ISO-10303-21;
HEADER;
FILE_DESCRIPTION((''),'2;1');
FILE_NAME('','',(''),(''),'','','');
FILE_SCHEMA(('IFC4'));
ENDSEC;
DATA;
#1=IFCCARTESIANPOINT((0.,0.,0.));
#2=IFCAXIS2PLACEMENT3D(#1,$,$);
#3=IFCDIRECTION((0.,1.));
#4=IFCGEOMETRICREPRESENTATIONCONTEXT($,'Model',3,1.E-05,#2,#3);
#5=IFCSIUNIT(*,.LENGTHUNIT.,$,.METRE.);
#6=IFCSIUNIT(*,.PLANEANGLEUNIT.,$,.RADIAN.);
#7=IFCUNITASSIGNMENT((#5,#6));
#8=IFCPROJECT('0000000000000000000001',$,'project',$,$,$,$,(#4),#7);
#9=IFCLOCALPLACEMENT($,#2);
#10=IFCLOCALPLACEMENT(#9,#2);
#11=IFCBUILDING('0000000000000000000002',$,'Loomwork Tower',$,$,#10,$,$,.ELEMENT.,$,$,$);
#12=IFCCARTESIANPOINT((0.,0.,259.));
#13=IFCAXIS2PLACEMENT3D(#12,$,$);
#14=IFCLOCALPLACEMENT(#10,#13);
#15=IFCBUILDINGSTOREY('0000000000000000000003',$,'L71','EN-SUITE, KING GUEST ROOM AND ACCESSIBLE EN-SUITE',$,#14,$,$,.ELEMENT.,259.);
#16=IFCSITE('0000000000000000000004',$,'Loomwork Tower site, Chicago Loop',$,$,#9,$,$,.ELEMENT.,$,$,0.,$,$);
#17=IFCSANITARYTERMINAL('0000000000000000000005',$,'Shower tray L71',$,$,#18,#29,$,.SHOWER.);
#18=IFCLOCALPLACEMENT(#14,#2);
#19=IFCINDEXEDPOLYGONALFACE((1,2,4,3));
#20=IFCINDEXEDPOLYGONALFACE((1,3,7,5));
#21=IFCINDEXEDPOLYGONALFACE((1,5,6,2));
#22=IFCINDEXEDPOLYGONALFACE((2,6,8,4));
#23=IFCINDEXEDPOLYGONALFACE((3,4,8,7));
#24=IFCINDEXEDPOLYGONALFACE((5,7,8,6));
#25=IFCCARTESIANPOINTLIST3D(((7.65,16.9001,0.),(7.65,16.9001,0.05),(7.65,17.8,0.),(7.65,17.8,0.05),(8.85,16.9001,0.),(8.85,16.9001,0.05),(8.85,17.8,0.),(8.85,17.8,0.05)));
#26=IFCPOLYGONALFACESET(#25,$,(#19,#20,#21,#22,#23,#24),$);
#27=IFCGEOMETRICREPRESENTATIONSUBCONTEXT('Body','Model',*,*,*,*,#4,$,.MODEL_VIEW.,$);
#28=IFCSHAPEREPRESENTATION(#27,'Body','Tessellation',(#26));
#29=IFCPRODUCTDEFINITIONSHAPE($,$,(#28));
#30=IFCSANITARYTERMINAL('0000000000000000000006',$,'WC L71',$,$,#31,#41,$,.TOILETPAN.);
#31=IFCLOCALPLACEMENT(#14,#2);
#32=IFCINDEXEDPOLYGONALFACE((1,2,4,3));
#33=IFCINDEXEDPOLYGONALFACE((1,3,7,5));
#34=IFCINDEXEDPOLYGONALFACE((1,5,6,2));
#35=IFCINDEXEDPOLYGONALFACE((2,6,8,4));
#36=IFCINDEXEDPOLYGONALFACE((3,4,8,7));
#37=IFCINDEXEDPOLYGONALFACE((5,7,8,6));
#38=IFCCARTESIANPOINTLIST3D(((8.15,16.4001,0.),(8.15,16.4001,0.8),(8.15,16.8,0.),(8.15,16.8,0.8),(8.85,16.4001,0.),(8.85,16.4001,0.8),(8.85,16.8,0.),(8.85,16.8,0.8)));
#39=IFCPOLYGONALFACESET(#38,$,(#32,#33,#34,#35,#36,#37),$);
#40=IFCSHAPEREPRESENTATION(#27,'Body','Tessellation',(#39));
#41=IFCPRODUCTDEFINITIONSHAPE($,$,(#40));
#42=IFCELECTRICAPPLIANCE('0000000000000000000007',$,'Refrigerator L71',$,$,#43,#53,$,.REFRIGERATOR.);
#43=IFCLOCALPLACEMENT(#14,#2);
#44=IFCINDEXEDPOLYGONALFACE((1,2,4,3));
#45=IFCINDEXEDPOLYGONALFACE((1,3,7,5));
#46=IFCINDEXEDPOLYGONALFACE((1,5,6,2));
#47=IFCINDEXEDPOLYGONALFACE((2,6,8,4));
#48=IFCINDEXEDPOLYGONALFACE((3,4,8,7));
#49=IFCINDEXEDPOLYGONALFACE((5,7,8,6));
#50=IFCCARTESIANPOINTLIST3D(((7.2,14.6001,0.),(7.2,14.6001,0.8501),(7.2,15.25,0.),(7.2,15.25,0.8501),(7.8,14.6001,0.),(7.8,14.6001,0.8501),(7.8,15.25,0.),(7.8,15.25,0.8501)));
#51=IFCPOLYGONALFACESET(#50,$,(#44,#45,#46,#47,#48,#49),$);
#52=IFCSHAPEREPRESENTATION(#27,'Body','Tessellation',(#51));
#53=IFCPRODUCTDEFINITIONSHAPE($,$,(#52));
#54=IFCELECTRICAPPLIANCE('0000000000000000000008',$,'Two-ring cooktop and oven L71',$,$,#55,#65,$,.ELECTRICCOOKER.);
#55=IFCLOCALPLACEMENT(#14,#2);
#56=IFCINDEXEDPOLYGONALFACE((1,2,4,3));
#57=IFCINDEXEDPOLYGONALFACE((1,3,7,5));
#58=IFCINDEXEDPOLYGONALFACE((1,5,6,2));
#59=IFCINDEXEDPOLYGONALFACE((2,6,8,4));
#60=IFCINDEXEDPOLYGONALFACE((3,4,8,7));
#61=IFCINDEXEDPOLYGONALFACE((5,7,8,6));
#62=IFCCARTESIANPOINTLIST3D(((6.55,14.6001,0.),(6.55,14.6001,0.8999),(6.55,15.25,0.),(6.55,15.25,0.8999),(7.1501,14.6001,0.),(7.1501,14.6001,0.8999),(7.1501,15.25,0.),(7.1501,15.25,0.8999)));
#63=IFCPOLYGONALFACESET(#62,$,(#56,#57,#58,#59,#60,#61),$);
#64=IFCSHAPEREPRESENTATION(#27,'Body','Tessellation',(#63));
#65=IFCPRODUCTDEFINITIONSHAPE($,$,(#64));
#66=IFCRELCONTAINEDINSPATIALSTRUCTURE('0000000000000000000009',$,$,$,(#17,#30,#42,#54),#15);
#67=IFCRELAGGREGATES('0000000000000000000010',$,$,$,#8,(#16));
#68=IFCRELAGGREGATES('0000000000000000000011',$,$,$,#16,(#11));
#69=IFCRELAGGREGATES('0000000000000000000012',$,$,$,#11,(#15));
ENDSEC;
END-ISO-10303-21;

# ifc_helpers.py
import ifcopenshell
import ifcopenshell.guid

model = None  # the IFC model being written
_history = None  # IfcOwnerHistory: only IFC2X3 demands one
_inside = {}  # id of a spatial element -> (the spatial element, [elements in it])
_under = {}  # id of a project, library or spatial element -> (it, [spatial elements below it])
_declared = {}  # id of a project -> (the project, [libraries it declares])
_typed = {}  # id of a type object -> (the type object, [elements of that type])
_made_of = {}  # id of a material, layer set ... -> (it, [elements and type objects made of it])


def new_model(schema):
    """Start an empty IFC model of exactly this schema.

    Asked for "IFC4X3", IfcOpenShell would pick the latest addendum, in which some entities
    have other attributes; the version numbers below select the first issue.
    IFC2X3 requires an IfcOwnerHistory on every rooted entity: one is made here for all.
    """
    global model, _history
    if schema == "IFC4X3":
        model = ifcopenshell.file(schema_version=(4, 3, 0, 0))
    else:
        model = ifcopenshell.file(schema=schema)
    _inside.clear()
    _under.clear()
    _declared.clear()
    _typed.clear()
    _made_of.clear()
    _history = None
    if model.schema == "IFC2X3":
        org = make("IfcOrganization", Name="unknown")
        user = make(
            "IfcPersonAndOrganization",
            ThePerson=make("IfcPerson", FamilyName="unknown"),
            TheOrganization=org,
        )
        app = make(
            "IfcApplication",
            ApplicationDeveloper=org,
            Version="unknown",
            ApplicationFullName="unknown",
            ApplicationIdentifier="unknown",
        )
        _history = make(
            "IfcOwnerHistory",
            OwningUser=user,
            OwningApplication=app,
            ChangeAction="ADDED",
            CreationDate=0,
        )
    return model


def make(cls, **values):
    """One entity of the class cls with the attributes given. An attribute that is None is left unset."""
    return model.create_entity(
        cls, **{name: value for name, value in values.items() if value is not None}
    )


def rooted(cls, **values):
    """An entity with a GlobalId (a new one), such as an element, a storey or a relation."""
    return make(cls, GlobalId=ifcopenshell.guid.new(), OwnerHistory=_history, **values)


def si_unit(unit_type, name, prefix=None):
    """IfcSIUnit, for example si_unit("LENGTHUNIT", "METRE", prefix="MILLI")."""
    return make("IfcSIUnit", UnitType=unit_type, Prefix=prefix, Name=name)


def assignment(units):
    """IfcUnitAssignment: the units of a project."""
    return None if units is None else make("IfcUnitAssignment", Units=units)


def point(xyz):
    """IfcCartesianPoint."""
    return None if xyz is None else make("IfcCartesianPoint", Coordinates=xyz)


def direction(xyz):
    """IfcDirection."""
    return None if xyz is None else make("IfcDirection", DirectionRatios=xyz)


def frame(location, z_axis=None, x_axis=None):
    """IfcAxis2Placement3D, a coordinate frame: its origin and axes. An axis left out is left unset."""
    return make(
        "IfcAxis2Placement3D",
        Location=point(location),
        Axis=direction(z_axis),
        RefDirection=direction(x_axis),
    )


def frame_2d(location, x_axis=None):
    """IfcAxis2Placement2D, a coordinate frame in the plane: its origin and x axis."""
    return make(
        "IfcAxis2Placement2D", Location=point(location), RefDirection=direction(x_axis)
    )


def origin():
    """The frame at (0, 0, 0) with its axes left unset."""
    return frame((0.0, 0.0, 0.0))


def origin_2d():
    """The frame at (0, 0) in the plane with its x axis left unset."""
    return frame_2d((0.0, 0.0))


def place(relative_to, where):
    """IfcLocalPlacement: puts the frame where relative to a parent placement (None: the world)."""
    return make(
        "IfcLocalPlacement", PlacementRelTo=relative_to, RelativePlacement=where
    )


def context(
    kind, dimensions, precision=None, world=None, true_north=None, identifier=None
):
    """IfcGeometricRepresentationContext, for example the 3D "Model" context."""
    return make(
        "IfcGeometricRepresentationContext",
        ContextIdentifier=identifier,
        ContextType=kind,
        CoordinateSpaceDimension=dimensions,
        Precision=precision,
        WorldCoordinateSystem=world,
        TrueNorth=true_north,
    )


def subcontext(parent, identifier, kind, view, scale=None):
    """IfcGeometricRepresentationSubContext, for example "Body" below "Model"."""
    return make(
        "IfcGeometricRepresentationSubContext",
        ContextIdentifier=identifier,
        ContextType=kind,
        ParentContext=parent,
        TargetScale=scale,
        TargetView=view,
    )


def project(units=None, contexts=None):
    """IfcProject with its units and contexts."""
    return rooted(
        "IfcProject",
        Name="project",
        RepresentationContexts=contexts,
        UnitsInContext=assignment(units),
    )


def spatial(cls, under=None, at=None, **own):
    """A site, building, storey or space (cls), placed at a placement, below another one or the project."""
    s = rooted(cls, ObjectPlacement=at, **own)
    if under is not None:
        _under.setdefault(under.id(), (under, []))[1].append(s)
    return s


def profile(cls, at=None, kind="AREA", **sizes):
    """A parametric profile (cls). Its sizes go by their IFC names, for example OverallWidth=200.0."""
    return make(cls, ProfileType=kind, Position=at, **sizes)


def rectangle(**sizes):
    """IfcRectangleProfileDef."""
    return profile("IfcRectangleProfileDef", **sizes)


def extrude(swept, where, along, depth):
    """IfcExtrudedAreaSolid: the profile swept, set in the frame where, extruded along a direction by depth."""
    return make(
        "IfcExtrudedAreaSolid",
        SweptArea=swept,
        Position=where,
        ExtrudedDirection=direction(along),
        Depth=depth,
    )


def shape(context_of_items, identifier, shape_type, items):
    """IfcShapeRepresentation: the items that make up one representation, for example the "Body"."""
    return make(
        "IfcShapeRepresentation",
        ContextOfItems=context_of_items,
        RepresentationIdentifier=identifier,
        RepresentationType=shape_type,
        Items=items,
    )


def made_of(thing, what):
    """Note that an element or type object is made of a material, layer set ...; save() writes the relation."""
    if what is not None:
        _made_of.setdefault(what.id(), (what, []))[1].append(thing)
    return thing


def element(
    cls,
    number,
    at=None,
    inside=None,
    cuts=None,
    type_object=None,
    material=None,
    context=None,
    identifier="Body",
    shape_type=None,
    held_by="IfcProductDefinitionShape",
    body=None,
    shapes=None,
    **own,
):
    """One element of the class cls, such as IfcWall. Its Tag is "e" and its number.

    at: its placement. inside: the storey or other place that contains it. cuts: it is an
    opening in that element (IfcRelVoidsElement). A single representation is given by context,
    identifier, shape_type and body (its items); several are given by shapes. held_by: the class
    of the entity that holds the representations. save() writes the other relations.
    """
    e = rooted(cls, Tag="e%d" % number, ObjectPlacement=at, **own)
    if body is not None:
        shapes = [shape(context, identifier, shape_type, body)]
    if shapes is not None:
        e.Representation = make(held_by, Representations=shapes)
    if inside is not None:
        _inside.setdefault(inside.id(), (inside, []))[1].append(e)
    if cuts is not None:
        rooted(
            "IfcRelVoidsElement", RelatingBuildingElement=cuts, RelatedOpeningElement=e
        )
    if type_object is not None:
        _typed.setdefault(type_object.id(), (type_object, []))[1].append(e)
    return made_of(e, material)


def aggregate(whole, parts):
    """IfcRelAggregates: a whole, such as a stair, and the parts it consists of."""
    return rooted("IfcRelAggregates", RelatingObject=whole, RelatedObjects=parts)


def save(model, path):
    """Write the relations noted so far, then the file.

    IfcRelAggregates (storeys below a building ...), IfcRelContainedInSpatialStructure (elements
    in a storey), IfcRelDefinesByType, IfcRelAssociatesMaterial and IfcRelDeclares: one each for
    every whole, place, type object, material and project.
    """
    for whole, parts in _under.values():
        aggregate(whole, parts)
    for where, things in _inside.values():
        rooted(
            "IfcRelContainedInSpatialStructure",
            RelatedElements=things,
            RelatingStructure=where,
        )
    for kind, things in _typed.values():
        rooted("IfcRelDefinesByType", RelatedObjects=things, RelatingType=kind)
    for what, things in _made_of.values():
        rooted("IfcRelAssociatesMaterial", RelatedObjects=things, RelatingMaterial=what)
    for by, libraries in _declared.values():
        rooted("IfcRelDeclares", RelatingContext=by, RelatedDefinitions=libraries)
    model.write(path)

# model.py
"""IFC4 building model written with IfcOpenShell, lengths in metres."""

from ifc_helpers import new_model, si_unit, direction, frame, origin, origin_2d, place, context, subcontext, project, spatial, rectangle, extrude, element, save


model = new_model("IFC4")

# Units and contexts
model_context = context("Model", 3, precision=1e-05, world=origin(), true_north=direction((0.0, 1.0)))
body_context = subcontext(model_context, "Body", "Model", "MODEL_VIEW")
ifc_project = project(units=[si_unit("LENGTHUNIT", "METRE"), si_unit("PLANEANGLEUNIT", "RADIAN")], contexts=[model_context])

# Site, building, storey
site_placement = place(None, origin())
site = spatial("IfcSite", under=ifc_project, at=site_placement, Name="Loomwork Tower site, Chicago Loop", CompositionType="ELEMENT", RefElevation=0.0)
building_placement = place(site_placement, origin())
building = spatial("IfcBuilding", under=site, at=building_placement, Name="Loomwork Tower", CompositionType="ELEMENT")
storey_placement = place(building_placement, frame((0.0, 0.0, 259.0)))
storey = spatial("IfcBuildingStorey", under=building, at=storey_placement, Name="L71", Description="EN-SUITE, KING GUEST ROOM AND ACCESSIBLE EN-SUITE", CompositionType="ELEMENT", Elevation=259.0)

# Sanitary terminals
sanitary_terminal_1_placement = place(storey_placement, frame((8.25, 17.3501, 0.0), z_axis=(0.0, 0.0, 1.0), x_axis=(1.0, 0.0, 0.0)))
element("IfcSanitaryTerminal", 1, at=sanitary_terminal_1_placement, inside=storey, Name="Shower tray L71", PredefinedType="SHOWER", context=body_context, shape_type="SweptSolid", body=[
    extrude(rectangle(XDim=1.2, YDim=0.8999, at=origin_2d()), origin(), (0.0, 0.0, 1.0), 0.05),
])
sanitary_terminal_2_placement = place(storey_placement, frame((8.5, 16.6001, 0.0), z_axis=(0.0, 0.0, 1.0), x_axis=(1.0, 0.0, 0.0)))
element("IfcSanitaryTerminal", 2, at=sanitary_terminal_2_placement, inside=storey, Name="WC L71", PredefinedType="TOILETPAN", context=body_context, shape_type="SweptSolid", body=[
    extrude(rectangle(XDim=0.7, YDim=0.3999, at=origin_2d()), origin(), (0.0, 0.0, 1.0), 0.8),
])

# Electric appliances
electric_appliance_1_placement = place(storey_placement, frame((7.5, 14.925, 0.0), z_axis=(0.0, 0.0, 1.0), x_axis=(1.0, 0.0, 0.0)))
element("IfcElectricAppliance", 3, at=electric_appliance_1_placement, inside=storey, Name="Refrigerator L71", PredefinedType="REFRIGERATOR", context=body_context, shape_type="SweptSolid", body=[
    extrude(rectangle(XDim=0.6001, YDim=0.6499, at=origin_2d()), origin(), (0.0, 0.0, 1.0), 0.8501),
])
electric_appliance_2_placement = place(storey_placement, frame((6.8501, 14.925, 0.0), z_axis=(0.0, 0.0, 1.0), x_axis=(1.0, 0.0, 0.0)))
element("IfcElectricAppliance", 4, at=electric_appliance_2_placement, inside=storey, Name="Two-ring cooktop and oven L71", PredefinedType="ELECTRICCOOKER", context=body_context, shape_type="SweptSolid", body=[
    extrude(rectangle(XDim=0.6001, YDim=0.6499, at=origin_2d()), origin(), (0.0, 0.0, 1.0), 0.8999),
])

save(model, "model.ifc")
